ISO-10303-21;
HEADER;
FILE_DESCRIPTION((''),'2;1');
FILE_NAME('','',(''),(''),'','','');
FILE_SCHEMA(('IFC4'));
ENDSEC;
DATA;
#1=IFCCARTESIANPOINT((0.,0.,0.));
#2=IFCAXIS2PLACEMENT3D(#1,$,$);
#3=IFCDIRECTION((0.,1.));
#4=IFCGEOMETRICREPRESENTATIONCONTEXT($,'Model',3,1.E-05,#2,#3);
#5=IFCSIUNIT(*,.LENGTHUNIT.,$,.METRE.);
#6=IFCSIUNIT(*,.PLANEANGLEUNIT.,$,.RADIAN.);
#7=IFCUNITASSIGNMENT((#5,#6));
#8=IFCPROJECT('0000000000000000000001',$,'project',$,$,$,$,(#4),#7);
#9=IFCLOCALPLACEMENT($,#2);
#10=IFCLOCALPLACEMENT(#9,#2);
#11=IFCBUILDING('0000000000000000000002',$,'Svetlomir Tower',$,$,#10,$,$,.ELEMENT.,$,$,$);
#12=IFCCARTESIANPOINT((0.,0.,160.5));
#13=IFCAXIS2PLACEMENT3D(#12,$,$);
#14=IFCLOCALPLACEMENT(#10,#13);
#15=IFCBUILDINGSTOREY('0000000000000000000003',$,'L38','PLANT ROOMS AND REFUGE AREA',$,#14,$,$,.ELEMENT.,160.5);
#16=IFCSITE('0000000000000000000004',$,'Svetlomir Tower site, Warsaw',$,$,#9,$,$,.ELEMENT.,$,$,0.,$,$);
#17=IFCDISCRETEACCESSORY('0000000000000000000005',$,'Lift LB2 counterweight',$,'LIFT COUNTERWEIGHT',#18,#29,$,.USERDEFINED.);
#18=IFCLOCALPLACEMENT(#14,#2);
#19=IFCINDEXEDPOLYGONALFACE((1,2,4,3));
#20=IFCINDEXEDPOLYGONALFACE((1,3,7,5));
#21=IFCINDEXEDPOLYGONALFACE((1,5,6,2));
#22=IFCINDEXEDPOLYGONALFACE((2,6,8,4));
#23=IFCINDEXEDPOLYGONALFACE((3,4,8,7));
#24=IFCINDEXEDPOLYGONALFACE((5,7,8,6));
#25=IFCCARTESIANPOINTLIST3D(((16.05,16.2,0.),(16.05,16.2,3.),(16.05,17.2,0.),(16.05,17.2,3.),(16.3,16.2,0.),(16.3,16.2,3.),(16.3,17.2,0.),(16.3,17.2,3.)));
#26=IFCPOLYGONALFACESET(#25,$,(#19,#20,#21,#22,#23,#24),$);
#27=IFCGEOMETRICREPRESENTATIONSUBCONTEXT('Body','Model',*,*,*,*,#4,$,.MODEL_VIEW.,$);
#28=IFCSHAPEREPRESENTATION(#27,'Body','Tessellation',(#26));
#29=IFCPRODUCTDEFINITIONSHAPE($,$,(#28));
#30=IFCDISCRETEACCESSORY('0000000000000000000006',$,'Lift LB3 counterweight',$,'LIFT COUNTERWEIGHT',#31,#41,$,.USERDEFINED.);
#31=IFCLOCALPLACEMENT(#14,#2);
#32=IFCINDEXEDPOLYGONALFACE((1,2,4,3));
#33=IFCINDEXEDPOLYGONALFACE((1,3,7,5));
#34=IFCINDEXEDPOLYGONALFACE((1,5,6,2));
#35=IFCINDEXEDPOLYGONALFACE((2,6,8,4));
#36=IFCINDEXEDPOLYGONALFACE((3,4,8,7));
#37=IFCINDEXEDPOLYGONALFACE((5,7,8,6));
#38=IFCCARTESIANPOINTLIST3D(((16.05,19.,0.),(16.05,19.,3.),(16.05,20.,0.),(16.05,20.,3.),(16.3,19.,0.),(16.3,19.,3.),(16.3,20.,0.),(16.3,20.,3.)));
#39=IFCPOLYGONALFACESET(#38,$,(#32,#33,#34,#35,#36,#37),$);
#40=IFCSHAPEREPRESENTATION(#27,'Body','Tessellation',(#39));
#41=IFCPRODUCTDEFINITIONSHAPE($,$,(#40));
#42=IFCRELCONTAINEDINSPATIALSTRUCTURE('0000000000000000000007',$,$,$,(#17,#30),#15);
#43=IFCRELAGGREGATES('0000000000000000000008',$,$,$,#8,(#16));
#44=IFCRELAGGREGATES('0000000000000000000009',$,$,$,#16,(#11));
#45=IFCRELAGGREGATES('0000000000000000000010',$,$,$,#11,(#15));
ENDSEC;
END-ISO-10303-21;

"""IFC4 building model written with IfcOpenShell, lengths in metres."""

from ifc_helpers import new_model, si_unit, direction, frame, origin, origin_2d, place, context, subcontext, project, spatial, rectangle, extrude, element, save


model = new_model("IFC4")

# Units and contexts
model_context = context("Model", 3, precision=1e-05, world=origin(), true_north=direction((0.0, 1.0)))
body_context = subcontext(model_context, "Body", "Model", "MODEL_VIEW")
ifc_project = project(units=[si_unit("LENGTHUNIT", "METRE"), si_unit("PLANEANGLEUNIT", "RADIAN")], contexts=[model_context])

# Site, building, storey
site_placement = place(None, origin())
site = spatial("IfcSite", under=ifc_project, at=site_placement, Name="Svetlomir Tower site, Warsaw", CompositionType="ELEMENT", RefElevation=0.0)
building_placement = place(site_placement, origin())
building = spatial("IfcBuilding", under=site, at=building_placement, Name="Svetlomir Tower", CompositionType="ELEMENT")
storey_placement = place(building_placement, frame((0.0, 0.0, 160.5)))
storey = spatial("IfcBuildingStorey", under=building, at=storey_placement, Name="L38", Description="PLANT ROOMS AND REFUGE AREA", CompositionType="ELEMENT", Elevation=160.5)

# Discrete accessories
for number, where, z_axis, x_axis, name in (
    (1, (16.175, 16.7, 0.0), (0.0, 0.0, 1.0), (1.0, 0.0, 0.0), "Lift LB2 counterweight"),
    (2, (16.175, 19.5, 0.0), (0.0, 0.0, 1.0), (1.0, 0.0, 0.0), "Lift LB3 counterweight"),
):
    element("IfcDiscreteAccessory", number, at=place(storey_placement, frame(where, z_axis=z_axis, x_axis=x_axis)), inside=storey, Name=name, ObjectType="LIFT COUNTERWEIGHT", PredefinedType="USERDEFINED", context=body_context, shape_type="SweptSolid", body=[
        extrude(rectangle(XDim=0.25, YDim=1.0, at=origin_2d()), origin(), (0.0, 0.0, 1.0), 3.0),
    ])

save(model, "model.ifc")
